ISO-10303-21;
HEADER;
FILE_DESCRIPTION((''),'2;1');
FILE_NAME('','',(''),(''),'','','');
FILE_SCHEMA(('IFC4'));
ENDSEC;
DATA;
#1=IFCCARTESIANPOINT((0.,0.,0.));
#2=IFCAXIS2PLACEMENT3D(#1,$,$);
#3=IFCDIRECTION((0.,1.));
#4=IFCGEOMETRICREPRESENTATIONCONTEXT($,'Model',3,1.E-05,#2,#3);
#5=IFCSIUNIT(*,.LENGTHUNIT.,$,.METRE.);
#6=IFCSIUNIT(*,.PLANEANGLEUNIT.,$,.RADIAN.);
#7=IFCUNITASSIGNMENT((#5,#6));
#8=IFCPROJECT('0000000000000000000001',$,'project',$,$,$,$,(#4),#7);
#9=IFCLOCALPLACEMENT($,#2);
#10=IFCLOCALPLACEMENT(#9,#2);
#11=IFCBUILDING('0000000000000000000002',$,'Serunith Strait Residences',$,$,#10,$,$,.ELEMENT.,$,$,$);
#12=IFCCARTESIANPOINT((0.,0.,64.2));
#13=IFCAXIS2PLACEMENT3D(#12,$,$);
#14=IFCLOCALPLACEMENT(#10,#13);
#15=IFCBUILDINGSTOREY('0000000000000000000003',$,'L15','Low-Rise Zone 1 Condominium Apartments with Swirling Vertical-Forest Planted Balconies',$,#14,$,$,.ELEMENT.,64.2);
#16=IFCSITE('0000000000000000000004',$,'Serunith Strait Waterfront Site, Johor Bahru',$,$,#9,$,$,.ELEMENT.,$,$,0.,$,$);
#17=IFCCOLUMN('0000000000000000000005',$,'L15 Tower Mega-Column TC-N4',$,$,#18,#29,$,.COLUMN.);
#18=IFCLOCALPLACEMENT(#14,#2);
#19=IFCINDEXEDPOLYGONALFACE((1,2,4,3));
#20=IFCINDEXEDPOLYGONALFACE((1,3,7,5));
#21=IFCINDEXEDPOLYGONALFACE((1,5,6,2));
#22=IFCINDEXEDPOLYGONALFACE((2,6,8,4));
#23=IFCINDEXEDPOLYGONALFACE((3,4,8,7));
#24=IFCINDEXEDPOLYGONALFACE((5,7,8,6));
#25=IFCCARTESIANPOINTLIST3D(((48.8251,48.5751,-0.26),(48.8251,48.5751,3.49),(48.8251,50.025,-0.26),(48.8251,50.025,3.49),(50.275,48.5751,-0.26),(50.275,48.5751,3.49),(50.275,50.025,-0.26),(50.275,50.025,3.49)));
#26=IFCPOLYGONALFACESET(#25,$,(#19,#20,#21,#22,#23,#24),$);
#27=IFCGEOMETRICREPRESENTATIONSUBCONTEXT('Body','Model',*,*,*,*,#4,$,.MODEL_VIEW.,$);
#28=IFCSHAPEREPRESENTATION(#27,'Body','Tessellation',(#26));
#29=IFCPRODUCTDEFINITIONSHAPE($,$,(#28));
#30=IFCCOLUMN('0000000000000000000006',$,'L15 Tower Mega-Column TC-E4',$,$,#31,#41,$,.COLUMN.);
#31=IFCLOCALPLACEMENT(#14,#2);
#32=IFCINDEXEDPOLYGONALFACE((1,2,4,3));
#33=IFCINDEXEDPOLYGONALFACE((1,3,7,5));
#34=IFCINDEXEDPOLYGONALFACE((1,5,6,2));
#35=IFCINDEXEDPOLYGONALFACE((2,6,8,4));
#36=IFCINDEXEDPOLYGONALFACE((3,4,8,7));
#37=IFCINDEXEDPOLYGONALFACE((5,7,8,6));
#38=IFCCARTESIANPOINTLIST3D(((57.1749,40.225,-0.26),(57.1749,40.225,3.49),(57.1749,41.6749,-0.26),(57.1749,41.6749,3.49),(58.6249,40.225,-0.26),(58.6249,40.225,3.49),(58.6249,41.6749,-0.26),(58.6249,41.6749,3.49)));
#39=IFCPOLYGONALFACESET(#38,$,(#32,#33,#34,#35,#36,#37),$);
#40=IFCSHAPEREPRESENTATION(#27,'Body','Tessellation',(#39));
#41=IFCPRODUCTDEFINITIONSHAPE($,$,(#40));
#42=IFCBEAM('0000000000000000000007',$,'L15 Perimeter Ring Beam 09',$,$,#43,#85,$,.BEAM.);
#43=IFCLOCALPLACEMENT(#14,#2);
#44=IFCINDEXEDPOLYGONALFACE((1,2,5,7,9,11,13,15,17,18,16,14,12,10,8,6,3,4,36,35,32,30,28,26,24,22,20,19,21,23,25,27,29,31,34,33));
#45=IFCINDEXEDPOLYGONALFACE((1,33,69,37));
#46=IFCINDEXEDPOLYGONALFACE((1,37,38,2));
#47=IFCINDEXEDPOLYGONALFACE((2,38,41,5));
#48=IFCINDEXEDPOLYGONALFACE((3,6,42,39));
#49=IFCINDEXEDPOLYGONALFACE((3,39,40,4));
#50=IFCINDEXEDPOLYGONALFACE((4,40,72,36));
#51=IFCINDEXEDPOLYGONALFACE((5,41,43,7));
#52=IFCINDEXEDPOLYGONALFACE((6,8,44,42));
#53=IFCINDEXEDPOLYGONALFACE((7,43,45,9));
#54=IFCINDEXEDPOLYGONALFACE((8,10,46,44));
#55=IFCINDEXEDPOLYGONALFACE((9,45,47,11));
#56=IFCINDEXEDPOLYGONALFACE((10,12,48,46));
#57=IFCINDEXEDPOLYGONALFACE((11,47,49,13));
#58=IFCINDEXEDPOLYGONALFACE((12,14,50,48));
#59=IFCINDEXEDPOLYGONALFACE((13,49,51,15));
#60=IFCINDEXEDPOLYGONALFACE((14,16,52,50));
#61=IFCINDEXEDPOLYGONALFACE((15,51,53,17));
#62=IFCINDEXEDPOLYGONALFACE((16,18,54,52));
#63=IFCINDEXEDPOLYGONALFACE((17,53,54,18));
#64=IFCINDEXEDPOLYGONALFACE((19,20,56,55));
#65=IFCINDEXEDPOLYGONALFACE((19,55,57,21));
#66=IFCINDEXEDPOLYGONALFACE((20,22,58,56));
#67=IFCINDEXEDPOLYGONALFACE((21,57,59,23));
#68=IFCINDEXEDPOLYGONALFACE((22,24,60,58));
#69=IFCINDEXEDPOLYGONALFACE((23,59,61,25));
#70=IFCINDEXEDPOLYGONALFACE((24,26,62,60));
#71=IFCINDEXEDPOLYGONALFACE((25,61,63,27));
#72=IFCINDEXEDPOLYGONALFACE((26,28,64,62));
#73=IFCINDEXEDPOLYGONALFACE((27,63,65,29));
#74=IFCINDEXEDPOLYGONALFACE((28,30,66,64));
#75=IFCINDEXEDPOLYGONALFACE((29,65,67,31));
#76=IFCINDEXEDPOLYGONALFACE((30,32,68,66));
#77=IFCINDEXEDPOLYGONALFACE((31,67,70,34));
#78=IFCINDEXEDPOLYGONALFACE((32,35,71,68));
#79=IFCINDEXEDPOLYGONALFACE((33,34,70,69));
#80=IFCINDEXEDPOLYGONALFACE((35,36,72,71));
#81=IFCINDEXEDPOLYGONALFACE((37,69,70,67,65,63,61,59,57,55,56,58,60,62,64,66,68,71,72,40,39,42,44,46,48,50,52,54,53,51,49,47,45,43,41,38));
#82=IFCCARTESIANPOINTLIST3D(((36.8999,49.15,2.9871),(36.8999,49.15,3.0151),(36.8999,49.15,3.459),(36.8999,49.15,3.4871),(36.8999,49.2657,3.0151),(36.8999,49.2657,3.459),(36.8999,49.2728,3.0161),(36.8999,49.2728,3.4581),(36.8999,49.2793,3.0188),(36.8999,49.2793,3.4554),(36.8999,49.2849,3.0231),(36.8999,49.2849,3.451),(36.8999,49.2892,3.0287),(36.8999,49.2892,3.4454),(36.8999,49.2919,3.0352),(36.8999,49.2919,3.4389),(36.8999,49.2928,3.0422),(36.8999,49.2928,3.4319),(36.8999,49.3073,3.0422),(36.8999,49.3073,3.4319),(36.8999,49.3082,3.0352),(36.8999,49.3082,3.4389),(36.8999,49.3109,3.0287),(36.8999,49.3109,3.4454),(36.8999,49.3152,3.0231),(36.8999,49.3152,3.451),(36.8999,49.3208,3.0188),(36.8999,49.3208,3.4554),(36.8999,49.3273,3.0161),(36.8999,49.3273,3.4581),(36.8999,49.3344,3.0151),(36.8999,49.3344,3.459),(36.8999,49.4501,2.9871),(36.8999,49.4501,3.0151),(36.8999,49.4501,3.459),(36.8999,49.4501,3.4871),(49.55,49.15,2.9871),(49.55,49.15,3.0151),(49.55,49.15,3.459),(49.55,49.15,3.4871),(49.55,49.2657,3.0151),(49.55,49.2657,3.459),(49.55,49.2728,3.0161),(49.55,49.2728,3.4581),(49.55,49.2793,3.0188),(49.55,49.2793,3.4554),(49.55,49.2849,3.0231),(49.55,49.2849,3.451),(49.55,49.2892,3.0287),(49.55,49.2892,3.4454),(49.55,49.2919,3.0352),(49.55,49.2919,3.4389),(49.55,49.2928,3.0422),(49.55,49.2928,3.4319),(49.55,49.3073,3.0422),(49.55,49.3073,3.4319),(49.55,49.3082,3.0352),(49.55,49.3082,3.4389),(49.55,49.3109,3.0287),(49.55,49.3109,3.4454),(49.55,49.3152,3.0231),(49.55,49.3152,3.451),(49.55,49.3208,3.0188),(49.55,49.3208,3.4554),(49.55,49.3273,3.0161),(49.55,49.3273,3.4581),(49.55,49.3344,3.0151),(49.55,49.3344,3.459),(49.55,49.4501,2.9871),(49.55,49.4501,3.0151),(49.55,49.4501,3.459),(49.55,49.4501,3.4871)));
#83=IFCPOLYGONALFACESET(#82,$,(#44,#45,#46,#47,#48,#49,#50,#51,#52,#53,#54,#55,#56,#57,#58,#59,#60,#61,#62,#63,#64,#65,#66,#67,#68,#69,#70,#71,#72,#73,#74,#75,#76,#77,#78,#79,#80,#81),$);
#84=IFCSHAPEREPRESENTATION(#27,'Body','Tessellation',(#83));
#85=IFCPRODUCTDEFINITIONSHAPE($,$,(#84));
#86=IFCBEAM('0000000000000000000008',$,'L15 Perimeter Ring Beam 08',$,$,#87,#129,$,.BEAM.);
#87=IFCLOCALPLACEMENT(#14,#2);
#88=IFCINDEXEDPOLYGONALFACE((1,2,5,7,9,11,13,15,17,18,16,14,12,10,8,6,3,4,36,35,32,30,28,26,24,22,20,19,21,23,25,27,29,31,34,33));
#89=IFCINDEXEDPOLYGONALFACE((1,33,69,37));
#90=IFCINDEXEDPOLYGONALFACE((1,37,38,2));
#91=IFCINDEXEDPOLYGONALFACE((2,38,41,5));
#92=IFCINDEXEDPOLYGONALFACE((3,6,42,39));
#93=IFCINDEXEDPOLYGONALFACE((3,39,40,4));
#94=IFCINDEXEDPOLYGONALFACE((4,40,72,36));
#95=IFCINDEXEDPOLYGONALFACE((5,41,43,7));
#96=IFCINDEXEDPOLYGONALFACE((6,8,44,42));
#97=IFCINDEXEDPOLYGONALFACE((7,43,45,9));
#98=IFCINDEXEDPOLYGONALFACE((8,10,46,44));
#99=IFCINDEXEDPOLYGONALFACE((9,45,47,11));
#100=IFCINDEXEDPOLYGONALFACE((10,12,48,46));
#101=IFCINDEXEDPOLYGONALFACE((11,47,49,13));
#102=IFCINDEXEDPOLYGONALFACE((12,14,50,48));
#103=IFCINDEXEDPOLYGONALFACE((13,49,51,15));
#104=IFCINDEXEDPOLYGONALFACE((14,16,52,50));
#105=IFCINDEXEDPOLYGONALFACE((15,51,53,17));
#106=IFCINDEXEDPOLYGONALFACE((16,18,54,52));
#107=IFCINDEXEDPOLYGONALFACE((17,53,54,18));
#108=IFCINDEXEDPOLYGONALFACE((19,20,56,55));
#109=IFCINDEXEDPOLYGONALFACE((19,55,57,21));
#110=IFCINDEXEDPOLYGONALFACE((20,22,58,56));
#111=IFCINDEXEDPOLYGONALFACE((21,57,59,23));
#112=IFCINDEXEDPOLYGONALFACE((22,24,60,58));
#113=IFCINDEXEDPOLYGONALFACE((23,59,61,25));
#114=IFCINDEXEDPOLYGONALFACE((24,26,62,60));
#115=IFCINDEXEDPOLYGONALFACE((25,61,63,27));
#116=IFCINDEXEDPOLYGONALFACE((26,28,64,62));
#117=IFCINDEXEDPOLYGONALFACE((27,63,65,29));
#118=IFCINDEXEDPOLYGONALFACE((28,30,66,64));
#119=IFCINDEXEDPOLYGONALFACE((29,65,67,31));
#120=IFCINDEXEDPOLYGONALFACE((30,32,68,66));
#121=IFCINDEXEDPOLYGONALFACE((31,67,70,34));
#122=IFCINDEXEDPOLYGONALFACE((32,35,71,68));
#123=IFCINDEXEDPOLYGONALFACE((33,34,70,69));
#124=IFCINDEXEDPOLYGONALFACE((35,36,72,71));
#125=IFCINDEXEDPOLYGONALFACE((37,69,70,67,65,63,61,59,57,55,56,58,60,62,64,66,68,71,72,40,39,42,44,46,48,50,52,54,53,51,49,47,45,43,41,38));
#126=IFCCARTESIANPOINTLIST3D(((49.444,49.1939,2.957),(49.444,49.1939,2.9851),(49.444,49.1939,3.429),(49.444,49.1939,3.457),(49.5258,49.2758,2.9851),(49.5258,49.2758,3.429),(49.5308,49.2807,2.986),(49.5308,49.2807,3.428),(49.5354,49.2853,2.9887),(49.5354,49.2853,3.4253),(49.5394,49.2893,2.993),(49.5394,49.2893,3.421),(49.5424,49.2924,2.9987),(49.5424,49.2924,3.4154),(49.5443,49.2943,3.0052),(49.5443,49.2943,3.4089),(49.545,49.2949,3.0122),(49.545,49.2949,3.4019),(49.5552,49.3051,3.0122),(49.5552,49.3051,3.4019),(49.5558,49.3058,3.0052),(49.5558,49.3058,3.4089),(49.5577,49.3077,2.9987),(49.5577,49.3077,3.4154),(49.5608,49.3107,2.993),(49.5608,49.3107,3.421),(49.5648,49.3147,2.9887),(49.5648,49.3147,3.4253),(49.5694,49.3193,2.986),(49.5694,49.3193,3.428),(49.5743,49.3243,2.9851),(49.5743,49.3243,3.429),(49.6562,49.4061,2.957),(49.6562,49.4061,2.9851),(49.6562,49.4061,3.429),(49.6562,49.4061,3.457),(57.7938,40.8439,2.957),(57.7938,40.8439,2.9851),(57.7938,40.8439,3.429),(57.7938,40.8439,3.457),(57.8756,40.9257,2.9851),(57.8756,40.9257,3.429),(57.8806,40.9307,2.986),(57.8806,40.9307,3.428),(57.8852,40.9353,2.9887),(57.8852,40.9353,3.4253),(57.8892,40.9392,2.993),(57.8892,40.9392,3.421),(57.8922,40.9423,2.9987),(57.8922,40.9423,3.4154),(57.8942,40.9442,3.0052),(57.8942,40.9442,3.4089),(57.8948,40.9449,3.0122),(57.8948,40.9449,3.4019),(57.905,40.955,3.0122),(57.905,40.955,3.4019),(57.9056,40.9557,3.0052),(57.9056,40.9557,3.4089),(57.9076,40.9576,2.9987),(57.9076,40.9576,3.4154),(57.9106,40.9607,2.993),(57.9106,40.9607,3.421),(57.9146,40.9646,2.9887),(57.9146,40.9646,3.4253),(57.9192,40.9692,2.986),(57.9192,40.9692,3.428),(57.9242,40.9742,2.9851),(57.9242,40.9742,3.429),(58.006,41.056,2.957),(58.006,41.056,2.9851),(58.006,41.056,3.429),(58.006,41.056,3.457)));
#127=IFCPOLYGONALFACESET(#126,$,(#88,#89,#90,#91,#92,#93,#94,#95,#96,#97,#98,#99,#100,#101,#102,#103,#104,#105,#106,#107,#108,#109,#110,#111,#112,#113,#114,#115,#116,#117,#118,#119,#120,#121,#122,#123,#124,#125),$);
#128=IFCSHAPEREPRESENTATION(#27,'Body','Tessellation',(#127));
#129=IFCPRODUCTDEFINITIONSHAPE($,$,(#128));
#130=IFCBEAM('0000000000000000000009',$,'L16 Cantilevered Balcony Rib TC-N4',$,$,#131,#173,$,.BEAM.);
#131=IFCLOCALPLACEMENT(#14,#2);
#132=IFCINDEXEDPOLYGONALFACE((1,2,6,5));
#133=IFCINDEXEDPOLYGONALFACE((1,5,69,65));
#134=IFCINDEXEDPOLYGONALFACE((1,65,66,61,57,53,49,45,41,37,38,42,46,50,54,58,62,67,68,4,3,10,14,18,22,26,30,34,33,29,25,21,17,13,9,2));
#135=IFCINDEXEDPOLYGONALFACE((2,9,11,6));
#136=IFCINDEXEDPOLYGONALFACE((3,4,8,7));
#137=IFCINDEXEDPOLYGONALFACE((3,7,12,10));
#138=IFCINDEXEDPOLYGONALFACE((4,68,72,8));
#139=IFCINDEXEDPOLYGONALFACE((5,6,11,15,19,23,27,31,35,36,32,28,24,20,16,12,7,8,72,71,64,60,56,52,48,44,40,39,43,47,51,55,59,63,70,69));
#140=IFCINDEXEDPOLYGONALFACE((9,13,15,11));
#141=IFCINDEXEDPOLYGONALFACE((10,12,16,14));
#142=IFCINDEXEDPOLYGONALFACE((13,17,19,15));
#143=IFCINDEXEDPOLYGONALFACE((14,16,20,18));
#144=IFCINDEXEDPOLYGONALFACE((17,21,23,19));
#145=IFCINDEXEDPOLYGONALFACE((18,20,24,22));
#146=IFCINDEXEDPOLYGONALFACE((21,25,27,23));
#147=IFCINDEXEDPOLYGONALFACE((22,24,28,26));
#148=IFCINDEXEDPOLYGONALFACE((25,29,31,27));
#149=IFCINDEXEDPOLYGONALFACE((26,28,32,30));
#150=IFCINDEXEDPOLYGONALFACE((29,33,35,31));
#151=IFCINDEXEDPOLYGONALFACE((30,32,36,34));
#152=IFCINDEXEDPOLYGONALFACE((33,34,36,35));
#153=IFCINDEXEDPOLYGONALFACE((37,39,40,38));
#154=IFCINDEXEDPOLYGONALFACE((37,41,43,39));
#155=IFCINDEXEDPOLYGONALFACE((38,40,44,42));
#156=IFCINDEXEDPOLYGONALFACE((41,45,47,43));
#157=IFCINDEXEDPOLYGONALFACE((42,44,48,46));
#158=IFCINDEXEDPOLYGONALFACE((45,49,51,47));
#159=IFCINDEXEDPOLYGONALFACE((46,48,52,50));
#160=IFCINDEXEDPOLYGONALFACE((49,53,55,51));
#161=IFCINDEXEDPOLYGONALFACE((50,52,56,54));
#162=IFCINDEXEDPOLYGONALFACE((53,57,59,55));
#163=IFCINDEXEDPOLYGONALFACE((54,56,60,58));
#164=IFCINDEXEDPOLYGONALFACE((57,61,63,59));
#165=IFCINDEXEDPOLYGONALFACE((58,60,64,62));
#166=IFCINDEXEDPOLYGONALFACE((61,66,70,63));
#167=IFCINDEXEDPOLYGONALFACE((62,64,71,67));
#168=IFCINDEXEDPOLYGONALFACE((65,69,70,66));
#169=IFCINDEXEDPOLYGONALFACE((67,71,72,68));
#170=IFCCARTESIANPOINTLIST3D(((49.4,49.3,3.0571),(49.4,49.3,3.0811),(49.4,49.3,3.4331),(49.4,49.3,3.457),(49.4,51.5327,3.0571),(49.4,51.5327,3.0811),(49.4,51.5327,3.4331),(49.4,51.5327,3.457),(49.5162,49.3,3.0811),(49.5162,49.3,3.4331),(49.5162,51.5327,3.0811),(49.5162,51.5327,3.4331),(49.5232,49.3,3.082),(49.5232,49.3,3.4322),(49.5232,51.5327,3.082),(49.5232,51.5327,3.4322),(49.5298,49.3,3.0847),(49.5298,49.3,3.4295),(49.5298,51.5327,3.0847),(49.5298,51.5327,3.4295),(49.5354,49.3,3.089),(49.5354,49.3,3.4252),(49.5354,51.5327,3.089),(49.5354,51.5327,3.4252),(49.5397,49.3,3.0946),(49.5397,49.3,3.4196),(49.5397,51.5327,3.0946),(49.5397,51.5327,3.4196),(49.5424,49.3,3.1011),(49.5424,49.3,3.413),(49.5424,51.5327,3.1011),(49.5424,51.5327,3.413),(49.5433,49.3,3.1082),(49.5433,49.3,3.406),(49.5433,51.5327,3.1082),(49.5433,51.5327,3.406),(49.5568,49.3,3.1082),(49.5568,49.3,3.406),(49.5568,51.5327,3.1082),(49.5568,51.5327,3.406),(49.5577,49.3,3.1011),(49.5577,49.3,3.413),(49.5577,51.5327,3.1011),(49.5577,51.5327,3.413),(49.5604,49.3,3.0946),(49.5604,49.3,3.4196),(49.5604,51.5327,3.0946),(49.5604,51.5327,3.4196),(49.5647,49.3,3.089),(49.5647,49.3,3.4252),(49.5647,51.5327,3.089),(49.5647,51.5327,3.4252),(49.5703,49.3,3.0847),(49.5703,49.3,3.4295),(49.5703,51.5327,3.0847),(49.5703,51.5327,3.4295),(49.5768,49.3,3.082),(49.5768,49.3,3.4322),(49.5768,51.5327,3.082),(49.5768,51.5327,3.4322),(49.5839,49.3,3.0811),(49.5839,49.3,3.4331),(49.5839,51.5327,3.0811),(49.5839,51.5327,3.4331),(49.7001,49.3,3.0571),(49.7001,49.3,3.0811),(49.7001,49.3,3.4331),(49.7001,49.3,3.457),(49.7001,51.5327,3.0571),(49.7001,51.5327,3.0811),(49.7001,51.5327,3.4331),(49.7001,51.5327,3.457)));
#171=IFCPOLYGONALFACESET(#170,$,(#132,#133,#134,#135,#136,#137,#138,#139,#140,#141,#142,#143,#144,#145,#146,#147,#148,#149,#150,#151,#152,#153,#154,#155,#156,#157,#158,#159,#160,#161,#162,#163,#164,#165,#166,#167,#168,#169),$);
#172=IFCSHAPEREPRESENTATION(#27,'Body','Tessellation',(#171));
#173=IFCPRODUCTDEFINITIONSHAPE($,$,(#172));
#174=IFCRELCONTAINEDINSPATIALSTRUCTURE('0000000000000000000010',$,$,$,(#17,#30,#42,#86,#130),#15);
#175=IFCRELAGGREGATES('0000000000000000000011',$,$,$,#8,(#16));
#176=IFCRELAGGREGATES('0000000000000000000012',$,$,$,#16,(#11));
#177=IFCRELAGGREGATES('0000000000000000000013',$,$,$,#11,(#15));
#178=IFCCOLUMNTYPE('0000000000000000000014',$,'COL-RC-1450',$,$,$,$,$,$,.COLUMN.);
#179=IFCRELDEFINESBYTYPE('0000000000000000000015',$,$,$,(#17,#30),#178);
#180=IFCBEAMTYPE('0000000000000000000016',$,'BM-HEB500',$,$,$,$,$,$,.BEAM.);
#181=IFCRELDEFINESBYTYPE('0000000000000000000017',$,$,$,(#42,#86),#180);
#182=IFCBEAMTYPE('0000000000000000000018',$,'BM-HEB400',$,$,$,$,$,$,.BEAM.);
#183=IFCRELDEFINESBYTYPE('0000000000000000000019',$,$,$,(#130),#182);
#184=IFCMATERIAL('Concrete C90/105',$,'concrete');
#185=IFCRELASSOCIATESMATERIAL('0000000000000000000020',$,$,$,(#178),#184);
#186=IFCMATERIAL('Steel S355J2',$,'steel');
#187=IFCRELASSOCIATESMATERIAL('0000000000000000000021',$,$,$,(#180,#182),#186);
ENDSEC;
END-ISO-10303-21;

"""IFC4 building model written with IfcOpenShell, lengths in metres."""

from ifc_helpers import new_model, si_unit, direction, frame, origin, origin_2d, place, context, subcontext, project, spatial, rectangle, i_section, extrude, source, transform, mapped, material, material_profile, profile_set, type_object, element, save


model = new_model("IFC4")

# Units and contexts
model_context = context("Model", 3, precision=1e-05, world=origin(), true_north=direction((0.0, 1.0)))
body_context = subcontext(model_context, "Body", "Model", "MODEL_VIEW")
ifc_project = project(units=[si_unit("LENGTHUNIT", "METRE"), si_unit("PLANEANGLEUNIT", "RADIAN")], contexts=[model_context])

# Site, building, storey
site_placement = place(None, origin())
site = spatial("IfcSite", under=ifc_project, at=site_placement, Name="Serunith Strait Waterfront Site, Johor Bahru", CompositionType="ELEMENT", RefElevation=0.0)
building_placement = place(site_placement, origin())
building = spatial("IfcBuilding", under=site, at=building_placement, Name="Serunith Strait Residences", CompositionType="ELEMENT")
storey_placement = place(building_placement, frame((0.0, 0.0, 64.2)))
storey = spatial("IfcBuildingStorey", under=building, at=storey_placement, Name="L15", Description="Low-Rise Zone 1 Condominium Apartments with Swirling Vertical-Forest Planted Balconies", CompositionType="ELEMENT", Elevation=64.2)

# Columns
ifc_material_1 = material(Name="Concrete C90/105", Category="concrete")
ifc_material_profile_1 = material_profile(ifc_material_1, rectangle(XDim=1.45, YDim=1.45, at=origin_2d()), Name="RC 1450x1450")
ifc_profile_set_1 = profile_set([ifc_material_profile_1], Name="Concrete C90/105")
column_type = type_object("IfcColumnType", Name="COL-RC-1450", PredefinedType="COLUMN", material=ifc_profile_set_1)
shared_shape_1 = source(origin(), body_context, "Body", "SweptSolid", [
    extrude(rectangle(XDim=1.45, YDim=1.45, at=origin_2d()), origin(), (0.0, 0.0, 1.0), 3.75),
])
for number, where, z_axis, x_axis, name in (
    (1, (49.55, 49.3, -0.26), (0.0, 0.0, 1.0), (1.0, 0.0, 0.0), "L15 Tower Mega-Column TC-N4"),
    (2, (57.8999, 40.95, -0.26), (0.0, 0.0, 1.0), (1.0, 0.0, 0.0), "L15 Tower Mega-Column TC-E4"),
):
    element("IfcColumn", number, at=place(storey_placement, frame(where, z_axis=z_axis, x_axis=x_axis)), inside=storey, type_object=column_type, Name=name, PredefinedType="COLUMN", context=body_context, shape_type="MappedRepresentation", body=[
        mapped(shared_shape_1, transform((0.0, 0.0, 0.0), scale=1.0)),
    ])

# Beams
ifc_material_2 = material(Name="Steel S355J2", Category="steel")
ifc_material_profile_2 = material_profile(ifc_material_2, i_section(OverallWidth=0.3, OverallDepth=0.5, WebThickness=0.0144, FlangeThickness=0.0281, FilletRadius=0.0271, at=origin_2d()), Name="HEB 500")
ifc_profile_set_2 = profile_set([ifc_material_profile_2], Name="Steel S355J2")
beam_type_1 = type_object("IfcBeamType", Name="BM-HEB500", PredefinedType="BEAM", material=ifc_profile_set_2)
shared_shape_2 = source(origin(), body_context, "Body", "SweptSolid", [
    extrude(i_section(OverallWidth=0.3, OverallDepth=0.5, WebThickness=0.0144, FlangeThickness=0.0281, FilletRadius=0.0271, at=origin_2d()), origin(), (0.0, 0.0, 1.0), 12.6501),
])
beam_1_placement = place(storey_placement, frame((49.55, 49.3, 3.2371), z_axis=(-1.0, 0.0, 0.0), x_axis=(0.0, -1.0, 0.0)))
element("IfcBeam", 3, at=beam_1_placement, inside=storey, type_object=beam_type_1, Name="L15 Perimeter Ring Beam 09", PredefinedType="BEAM", context=body_context, shape_type="MappedRepresentation", body=[
    mapped(shared_shape_2, transform((0.0, 0.0, 0.0), scale=1.0)),
])
shared_shape_3 = source(origin(), body_context, "Body", "SweptSolid", [
    extrude(i_section(OverallWidth=0.3, OverallDepth=0.5, WebThickness=0.0144, FlangeThickness=0.0281, FilletRadius=0.0271, at=origin_2d()), origin(), (0.0, 0.0, 1.0), 11.8086),
])
beam_2_placement = place(storey_placement, frame((57.8999, 40.95, 3.207), z_axis=(-0.707096, 0.707117, 0.0), x_axis=(-0.707117, -0.707096, 0.0)))
element("IfcBeam", 4, at=beam_2_placement, inside=storey, type_object=beam_type_1, Name="L15 Perimeter Ring Beam 08", PredefinedType="BEAM", context=body_context, shape_type="MappedRepresentation", body=[
    mapped(shared_shape_3, transform((0.0, 0.0, 0.0), scale=1.0)),
])
ifc_material_profile_3 = material_profile(ifc_material_2, i_section(OverallWidth=0.3, OverallDepth=0.3999, WebThickness=0.0134, FlangeThickness=0.0239, FilletRadius=0.0271, at=origin_2d()), Name="HEB 400")
ifc_profile_set_3 = profile_set([ifc_material_profile_3], Name="Steel S355J2")
beam_type_2 = type_object("IfcBeamType", Name="BM-HEB400", PredefinedType="BEAM", material=ifc_profile_set_3)
shared_shape_4 = source(origin(), body_context, "Body", "SweptSolid", [
    extrude(i_section(OverallWidth=0.3, OverallDepth=0.3999, WebThickness=0.0134, FlangeThickness=0.0239, FilletRadius=0.0271, at=origin_2d()), origin(), (0.0, 0.0, 1.0), 2.2327),
])
beam_3_placement = place(storey_placement, frame((49.55, 49.3, 3.2571), z_axis=(0.0, 1.0, 0.0), x_axis=(-1.0, 0.0, 0.0)))
element("IfcBeam", 5, at=beam_3_placement, inside=storey, type_object=beam_type_2, Name="L16 Cantilevered Balcony Rib TC-N4", PredefinedType="BEAM", context=body_context, shape_type="MappedRepresentation", body=[
    mapped(shared_shape_4, transform((0.0, 0.0, 0.0), scale=1.0)),
])

save(model, "model.ifc")
